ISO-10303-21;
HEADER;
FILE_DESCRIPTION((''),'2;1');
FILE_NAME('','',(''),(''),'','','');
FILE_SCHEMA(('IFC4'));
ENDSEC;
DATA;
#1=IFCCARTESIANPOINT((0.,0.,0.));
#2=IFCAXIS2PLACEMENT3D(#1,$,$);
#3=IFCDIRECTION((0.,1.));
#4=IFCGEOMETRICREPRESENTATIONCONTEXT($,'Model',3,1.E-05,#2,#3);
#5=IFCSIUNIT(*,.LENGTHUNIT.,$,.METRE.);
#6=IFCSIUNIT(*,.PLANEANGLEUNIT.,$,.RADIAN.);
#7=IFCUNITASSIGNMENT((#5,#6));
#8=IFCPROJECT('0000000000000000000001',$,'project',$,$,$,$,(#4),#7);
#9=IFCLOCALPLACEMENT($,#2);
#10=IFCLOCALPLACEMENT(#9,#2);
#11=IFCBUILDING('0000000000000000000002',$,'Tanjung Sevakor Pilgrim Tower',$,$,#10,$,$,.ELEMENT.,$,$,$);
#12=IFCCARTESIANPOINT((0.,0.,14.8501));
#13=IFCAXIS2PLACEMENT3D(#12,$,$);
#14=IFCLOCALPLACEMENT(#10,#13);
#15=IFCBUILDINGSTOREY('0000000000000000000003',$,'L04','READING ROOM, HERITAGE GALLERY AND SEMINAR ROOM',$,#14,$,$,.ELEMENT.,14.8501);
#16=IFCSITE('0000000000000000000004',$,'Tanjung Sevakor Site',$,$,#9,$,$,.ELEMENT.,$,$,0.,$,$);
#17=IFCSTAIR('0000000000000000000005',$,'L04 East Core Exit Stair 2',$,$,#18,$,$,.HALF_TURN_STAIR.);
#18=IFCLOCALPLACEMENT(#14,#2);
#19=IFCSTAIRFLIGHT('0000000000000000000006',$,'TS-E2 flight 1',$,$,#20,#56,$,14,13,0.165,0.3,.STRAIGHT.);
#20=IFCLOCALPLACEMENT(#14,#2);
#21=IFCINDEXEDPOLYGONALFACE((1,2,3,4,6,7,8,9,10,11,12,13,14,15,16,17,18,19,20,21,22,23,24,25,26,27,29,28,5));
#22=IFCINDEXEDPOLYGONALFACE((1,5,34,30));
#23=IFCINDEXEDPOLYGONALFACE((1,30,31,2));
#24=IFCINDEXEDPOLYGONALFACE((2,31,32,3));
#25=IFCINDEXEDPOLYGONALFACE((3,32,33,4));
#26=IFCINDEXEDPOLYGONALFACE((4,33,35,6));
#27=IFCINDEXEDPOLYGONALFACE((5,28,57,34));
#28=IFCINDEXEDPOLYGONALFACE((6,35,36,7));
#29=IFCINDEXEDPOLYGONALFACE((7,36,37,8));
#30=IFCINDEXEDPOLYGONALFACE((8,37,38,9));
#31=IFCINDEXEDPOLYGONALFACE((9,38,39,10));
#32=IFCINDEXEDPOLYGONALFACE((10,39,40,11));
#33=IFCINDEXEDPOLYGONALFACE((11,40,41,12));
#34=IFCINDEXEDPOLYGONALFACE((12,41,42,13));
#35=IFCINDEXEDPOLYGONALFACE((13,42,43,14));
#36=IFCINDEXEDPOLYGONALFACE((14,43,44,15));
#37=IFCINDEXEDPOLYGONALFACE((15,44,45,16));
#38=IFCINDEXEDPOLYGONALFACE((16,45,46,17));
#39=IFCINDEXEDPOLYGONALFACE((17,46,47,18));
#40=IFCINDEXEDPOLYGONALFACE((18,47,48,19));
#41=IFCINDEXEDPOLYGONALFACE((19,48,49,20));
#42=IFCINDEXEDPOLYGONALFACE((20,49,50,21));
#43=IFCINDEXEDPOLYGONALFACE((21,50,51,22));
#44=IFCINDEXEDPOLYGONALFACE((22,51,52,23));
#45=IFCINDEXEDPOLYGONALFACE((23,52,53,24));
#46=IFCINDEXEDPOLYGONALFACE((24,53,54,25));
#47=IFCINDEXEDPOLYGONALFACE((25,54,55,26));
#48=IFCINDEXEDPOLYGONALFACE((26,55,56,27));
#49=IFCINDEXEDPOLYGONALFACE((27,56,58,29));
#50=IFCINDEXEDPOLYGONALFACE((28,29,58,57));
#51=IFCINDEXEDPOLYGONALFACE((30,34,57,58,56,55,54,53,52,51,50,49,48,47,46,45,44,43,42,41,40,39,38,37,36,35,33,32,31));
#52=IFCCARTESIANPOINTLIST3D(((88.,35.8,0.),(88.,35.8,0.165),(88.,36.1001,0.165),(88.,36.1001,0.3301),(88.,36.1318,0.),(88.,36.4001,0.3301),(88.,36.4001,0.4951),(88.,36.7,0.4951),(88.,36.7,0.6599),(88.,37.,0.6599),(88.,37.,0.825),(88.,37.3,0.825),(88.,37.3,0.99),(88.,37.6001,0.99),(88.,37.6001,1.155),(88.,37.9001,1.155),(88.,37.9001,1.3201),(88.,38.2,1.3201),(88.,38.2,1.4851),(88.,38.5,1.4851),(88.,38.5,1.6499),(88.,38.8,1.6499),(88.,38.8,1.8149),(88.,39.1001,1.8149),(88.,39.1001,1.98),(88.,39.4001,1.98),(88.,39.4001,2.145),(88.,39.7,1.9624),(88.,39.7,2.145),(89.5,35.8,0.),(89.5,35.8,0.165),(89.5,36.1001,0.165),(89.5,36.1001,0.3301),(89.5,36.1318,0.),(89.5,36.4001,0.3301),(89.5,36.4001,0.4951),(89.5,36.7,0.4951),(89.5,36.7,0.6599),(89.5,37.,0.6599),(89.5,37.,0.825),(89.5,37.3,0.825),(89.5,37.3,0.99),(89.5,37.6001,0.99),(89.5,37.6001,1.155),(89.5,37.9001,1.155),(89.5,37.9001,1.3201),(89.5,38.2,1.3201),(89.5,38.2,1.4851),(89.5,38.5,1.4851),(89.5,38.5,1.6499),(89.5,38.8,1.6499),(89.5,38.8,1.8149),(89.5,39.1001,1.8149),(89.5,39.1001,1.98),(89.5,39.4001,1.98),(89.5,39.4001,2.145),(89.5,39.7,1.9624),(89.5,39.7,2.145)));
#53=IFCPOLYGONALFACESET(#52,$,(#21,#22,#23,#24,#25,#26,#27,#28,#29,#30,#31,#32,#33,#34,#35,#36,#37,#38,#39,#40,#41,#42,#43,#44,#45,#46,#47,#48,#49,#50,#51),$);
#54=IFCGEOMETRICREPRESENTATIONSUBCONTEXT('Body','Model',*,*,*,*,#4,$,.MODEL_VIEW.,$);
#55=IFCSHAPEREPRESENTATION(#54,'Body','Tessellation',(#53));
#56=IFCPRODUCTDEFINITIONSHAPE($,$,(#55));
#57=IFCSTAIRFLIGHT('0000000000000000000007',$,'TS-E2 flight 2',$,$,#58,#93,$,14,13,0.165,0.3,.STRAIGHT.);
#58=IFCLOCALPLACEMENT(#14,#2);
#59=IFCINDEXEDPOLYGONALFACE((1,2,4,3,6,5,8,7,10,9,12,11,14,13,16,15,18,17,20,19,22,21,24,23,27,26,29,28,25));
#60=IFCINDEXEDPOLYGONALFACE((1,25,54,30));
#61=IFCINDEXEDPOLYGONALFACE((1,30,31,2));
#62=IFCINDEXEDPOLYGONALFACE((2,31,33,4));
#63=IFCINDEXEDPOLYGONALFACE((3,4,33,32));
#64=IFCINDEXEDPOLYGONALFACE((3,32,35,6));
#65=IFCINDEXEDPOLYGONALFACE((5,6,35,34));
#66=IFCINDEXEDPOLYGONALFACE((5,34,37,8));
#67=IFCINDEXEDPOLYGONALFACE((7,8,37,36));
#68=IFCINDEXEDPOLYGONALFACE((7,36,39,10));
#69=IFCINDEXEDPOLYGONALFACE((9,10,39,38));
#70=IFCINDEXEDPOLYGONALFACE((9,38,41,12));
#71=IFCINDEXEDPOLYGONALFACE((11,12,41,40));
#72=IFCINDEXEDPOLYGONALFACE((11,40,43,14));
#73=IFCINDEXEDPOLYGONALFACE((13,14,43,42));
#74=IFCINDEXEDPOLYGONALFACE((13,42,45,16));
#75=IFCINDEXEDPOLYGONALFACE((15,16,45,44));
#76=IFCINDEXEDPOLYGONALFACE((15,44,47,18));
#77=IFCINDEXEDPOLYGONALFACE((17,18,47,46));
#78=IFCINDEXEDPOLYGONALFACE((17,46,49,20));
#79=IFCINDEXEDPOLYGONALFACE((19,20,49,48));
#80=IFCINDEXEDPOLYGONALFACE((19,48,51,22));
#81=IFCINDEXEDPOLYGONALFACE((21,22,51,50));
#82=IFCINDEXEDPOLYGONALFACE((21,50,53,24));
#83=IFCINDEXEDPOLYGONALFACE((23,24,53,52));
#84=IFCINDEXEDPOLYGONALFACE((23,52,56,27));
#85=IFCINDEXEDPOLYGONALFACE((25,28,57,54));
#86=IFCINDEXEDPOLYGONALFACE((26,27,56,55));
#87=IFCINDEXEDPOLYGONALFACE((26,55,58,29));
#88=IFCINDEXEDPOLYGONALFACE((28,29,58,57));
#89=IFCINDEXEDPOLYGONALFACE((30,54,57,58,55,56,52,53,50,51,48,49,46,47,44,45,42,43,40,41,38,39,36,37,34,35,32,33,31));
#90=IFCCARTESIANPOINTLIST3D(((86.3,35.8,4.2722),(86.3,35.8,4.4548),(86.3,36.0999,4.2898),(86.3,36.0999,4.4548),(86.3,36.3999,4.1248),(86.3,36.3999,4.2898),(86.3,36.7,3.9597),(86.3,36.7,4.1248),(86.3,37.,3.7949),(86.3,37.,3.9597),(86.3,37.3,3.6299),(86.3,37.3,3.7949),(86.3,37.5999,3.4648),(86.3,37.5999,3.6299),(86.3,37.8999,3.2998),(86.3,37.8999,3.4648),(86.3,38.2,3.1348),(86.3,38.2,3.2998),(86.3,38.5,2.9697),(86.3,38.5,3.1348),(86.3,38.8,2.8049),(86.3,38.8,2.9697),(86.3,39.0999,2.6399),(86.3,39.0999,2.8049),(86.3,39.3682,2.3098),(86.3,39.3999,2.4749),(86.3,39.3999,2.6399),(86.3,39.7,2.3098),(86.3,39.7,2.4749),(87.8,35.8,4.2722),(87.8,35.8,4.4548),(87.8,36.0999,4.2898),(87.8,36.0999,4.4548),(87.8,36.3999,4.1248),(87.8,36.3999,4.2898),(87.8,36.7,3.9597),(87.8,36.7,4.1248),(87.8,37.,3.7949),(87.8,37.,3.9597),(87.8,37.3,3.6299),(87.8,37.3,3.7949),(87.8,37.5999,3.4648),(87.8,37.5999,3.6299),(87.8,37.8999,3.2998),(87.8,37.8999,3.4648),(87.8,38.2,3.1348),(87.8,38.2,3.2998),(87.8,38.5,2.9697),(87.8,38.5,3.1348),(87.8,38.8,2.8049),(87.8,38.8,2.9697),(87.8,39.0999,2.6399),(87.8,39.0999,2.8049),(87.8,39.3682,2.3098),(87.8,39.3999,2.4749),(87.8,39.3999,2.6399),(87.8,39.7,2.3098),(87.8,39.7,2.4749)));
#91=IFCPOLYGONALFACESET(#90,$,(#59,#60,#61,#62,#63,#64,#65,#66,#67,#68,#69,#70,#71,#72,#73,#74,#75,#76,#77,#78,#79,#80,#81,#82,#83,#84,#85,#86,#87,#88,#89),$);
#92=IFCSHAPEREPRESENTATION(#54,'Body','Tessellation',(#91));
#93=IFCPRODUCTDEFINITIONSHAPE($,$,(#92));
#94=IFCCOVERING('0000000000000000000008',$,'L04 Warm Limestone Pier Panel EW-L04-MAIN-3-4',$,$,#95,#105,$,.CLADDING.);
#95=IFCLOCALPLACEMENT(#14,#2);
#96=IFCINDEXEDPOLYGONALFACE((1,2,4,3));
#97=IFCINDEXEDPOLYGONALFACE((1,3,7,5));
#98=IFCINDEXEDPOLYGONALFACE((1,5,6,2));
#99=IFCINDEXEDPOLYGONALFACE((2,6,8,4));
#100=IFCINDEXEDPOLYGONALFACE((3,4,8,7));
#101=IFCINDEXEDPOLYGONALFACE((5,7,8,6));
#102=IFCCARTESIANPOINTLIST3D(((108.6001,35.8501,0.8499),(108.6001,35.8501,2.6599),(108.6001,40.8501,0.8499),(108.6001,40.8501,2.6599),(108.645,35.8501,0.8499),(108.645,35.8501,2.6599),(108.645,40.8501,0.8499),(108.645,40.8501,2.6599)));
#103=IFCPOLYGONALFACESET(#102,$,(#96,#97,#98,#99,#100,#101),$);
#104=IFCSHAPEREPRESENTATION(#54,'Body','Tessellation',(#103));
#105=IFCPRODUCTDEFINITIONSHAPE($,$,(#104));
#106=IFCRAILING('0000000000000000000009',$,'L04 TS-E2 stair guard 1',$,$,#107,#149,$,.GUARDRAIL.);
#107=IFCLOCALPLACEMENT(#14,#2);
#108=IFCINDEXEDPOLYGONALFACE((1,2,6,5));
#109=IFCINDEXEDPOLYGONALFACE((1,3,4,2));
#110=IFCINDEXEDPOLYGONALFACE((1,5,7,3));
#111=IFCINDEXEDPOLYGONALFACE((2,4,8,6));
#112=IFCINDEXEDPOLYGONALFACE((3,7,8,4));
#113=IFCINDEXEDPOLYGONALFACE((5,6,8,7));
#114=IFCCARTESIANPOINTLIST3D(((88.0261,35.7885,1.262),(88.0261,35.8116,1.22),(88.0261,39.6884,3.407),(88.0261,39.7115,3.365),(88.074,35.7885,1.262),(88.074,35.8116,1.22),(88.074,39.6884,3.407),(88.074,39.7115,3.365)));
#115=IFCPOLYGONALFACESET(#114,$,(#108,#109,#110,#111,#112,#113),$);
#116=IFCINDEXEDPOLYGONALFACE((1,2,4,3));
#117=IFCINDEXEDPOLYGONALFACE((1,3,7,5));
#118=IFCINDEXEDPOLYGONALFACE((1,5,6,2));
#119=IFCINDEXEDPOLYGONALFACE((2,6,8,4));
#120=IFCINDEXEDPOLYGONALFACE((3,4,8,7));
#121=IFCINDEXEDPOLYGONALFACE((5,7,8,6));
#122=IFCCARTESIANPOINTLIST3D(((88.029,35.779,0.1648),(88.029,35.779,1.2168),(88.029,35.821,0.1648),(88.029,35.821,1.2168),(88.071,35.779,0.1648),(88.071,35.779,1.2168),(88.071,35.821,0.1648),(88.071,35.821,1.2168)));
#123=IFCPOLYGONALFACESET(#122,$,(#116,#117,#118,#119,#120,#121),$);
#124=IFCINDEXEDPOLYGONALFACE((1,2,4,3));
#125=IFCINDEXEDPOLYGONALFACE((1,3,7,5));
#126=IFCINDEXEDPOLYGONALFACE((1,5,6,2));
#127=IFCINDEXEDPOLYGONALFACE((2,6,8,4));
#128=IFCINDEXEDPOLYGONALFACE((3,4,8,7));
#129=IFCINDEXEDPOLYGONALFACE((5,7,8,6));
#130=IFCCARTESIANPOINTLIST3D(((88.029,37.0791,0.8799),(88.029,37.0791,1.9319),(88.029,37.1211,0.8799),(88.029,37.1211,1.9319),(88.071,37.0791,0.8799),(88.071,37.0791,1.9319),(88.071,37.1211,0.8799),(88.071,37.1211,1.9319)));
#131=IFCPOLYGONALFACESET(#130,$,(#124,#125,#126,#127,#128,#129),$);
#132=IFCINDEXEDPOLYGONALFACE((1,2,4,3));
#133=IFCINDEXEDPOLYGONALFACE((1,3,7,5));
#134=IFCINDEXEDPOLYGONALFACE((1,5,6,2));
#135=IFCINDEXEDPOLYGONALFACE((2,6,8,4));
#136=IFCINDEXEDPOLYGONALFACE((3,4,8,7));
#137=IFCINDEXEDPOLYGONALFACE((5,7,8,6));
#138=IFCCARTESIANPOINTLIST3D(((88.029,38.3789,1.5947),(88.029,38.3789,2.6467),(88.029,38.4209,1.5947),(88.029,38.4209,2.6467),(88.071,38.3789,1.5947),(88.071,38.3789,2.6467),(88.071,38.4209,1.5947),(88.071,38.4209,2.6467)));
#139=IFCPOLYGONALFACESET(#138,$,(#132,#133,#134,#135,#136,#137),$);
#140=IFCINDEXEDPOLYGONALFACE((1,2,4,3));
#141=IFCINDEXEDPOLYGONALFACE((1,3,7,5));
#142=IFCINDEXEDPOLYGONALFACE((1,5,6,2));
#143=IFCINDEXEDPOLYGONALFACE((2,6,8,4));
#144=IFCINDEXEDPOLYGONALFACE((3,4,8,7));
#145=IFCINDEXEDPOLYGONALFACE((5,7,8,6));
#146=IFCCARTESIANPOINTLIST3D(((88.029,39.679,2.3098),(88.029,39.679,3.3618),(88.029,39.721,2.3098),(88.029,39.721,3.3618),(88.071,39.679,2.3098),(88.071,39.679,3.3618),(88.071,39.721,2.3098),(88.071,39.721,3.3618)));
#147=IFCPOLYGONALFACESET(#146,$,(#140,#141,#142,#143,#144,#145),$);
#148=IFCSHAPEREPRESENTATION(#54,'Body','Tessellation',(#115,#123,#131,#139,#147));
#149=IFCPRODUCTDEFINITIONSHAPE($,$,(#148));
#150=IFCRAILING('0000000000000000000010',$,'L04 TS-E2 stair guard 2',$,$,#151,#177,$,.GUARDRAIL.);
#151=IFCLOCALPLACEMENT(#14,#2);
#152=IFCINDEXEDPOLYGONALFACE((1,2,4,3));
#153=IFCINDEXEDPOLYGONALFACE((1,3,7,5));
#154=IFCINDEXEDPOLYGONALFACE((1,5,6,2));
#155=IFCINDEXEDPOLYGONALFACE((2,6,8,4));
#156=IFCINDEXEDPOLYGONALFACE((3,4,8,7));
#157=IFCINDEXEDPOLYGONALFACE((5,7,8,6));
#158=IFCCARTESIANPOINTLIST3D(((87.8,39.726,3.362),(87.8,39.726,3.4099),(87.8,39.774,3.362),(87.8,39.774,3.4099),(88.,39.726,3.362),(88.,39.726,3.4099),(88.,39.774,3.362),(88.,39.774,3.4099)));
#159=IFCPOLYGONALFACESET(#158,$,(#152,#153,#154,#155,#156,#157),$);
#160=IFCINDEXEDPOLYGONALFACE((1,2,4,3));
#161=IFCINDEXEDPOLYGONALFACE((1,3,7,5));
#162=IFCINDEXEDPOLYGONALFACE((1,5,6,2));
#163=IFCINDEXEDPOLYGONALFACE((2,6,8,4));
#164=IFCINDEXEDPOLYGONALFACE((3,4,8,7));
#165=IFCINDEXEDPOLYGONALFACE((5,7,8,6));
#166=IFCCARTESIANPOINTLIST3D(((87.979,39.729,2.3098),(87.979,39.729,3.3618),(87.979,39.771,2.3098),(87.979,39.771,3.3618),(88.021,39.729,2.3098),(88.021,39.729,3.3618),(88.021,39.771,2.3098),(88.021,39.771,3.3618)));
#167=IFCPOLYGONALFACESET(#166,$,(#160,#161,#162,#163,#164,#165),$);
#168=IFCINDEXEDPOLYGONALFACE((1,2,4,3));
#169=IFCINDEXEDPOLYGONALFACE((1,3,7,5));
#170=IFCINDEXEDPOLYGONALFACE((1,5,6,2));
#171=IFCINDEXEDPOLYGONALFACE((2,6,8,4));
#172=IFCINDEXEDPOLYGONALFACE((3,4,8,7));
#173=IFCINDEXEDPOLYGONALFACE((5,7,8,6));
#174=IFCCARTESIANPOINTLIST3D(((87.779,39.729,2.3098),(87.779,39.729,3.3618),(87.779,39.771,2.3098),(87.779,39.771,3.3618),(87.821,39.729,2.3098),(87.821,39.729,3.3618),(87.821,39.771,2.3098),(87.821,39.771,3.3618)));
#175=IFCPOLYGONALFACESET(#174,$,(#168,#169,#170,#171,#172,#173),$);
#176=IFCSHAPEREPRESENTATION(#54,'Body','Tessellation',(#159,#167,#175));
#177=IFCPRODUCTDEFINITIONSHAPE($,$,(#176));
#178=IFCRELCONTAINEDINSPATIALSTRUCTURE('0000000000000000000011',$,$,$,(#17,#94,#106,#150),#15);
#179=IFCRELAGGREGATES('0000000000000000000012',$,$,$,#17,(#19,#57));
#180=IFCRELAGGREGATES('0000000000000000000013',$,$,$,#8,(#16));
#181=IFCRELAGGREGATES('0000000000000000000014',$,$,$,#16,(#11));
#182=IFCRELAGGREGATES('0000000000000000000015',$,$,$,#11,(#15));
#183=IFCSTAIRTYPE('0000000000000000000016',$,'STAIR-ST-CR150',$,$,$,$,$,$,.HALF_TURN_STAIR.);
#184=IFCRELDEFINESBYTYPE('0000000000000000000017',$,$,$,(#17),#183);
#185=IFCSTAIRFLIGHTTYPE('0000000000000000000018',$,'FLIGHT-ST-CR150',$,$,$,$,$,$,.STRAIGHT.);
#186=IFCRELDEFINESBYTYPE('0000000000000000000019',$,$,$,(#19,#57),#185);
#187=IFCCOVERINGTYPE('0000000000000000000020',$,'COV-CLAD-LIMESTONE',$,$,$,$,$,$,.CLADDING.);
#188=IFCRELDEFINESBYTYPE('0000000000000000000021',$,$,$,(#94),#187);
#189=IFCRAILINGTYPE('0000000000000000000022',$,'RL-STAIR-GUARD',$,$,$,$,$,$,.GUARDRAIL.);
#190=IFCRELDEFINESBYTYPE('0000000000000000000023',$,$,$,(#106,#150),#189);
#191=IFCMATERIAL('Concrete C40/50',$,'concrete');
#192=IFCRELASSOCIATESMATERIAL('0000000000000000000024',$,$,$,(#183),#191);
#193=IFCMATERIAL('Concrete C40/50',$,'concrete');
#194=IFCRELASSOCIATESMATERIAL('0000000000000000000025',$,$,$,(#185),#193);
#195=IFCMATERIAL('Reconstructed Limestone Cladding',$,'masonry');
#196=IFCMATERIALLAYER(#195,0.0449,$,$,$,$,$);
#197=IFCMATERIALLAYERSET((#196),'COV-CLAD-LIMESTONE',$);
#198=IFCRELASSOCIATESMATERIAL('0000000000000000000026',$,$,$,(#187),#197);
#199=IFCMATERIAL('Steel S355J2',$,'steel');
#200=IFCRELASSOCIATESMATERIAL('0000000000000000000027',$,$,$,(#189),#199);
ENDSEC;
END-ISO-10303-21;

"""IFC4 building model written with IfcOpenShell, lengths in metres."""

from ifc_helpers import new_model, si_unit, direction, frame, origin, origin_2d, place, context, subcontext, project, spatial, polyline, rectangle, outline, extrude, material, layer, layer_set, type_object, element, aggregate, save


model = new_model("IFC4")

# Units and contexts
model_context = context("Model", 3, precision=1e-05, world=origin(), true_north=direction((0.0, 1.0)))
body_context = subcontext(model_context, "Body", "Model", "MODEL_VIEW")
ifc_project = project(units=[si_unit("LENGTHUNIT", "METRE"), si_unit("PLANEANGLEUNIT", "RADIAN")], contexts=[model_context])

# Site, building, storey
site_placement = place(None, origin())
site = spatial("IfcSite", under=ifc_project, at=site_placement, Name="Tanjung Sevakor Site", CompositionType="ELEMENT", RefElevation=0.0)
building_placement = place(site_placement, origin())
building = spatial("IfcBuilding", under=site, at=building_placement, Name="Tanjung Sevakor Pilgrim Tower", CompositionType="ELEMENT")
storey_placement = place(building_placement, frame((0.0, 0.0, 14.8501)))
storey = spatial("IfcBuildingStorey", under=building, at=storey_placement, Name="L04", Description="READING ROOM, HERITAGE GALLERY AND SEMINAR ROOM", CompositionType="ELEMENT", Elevation=14.8501)

# Stair, stair flights
ifc_material_1 = material(Name="Concrete C40/50", Category="concrete")
stair_type = type_object("IfcStairType", Name="STAIR-ST-CR150", PredefinedType="HALF_TURN_STAIR", material=ifc_material_1)
stair_placement = place(storey_placement, origin())
stair = element("IfcStair", 1, at=stair_placement, inside=storey, type_object=stair_type, Name="L04 East Core Exit Stair 2", PredefinedType="HALF_TURN_STAIR")
ifc_material_2 = material(Name="Concrete C40/50", Category="concrete")
stair_flight_type = type_object("IfcStairFlightType", Name="FLIGHT-ST-CR150", PredefinedType="STRAIGHT", material=ifc_material_2)
stair_flight_1_placement = place(storey_placement, frame((88.75, 35.8, 0.0), z_axis=(0.0, 0.0, 1.0), x_axis=(0.0, 1.0, 0.0)))
stair_flight_1 = element("IfcStairFlight", 2, at=stair_flight_1_placement, type_object=stair_flight_type, Name="TS-E2 flight 1", NumberOfRisers=14, NumberOfTreads=13, PredefinedType="STRAIGHT", RiserHeight=0.165, TreadLength=0.3, context=body_context, shape_type="SweptSolid", body=[
    extrude(outline(polyline([(0.0, 0.0), (0.0, 0.165), (0.3, 0.165), (0.3, 0.3301), (0.6001, 0.3301), (0.6001, 0.4951), (0.8999, 0.4951), (0.8999, 0.6599), (1.2, 0.6599), (1.2, 0.825), (1.5, 0.825), (1.5, 0.99), (1.8, 0.99), (1.8, 1.155), (2.1001, 1.155), (2.1001, 1.3201), (2.3999, 1.3201), (2.3999, 1.4851), (2.7, 1.4851), (2.7, 1.6499), (3.0, 1.6499), (3.0, 1.8149), (3.3, 1.8149), (3.3, 1.98), (3.6001, 1.98), (3.6001, 2.145), (3.8999, 2.145), (3.8999, 2.3101), (3.8999, 1.9624), (0.3318, 0.0), (0.0, 0.0)])), frame((0.0, 0.75, 0.0), z_axis=(0.0, -1.0, 0.0), x_axis=(1.0, 0.0, 0.0)), (0.0, 0.0, 1.0), 1.5),
])
stair_flight_2_placement = place(storey_placement, frame((87.05, 39.7, 2.3098), z_axis=(0.0, 0.0, 1.0), x_axis=(0.0, -1.0, 0.0)))
stair_flight_2 = element("IfcStairFlight", 3, at=stair_flight_2_placement, type_object=stair_flight_type, Name="TS-E2 flight 2", NumberOfRisers=14, NumberOfTreads=13, PredefinedType="STRAIGHT", RiserHeight=0.165, TreadLength=0.3, context=body_context, shape_type="SweptSolid", body=[
    extrude(outline(polyline([(0.0, 0.0), (0.0, 0.165), (0.3, 0.165), (0.3, 0.3301), (0.6001, 0.3301), (0.6001, 0.4951), (0.8999, 0.4951), (0.8999, 0.6599), (1.2, 0.6599), (1.2, 0.825), (1.5, 0.825), (1.5, 0.99), (1.8, 0.99), (1.8, 1.155), (2.1001, 1.155), (2.1001, 1.3201), (2.3999, 1.3201), (2.3999, 1.4851), (2.7, 1.4851), (2.7, 1.6499), (3.0, 1.6499), (3.0, 1.8149), (3.3, 1.8149), (3.3, 1.98), (3.6001, 1.98), (3.6001, 2.145), (3.8999, 2.145), (3.8999, 2.3101), (3.8999, 1.9624), (0.3318, 0.0), (0.0, 0.0)])), frame((0.0, 0.75, 0.0), z_axis=(0.0, -1.0, 0.0), x_axis=(1.0, 0.0, 0.0)), (0.0, 0.0, 1.0), 1.5),
])
aggregate(stair, [stair_flight_1, stair_flight_2])

# Covering
ifc_material_3 = material(Name="Reconstructed Limestone Cladding", Category="masonry")
ifc_layer_1 = layer(ifc_material_3, 0.0449)
ifc_layer_set_1 = layer_set([ifc_layer_1], Name="COV-CLAD-LIMESTONE")
covering_type = type_object("IfcCoveringType", Name="COV-CLAD-LIMESTONE", PredefinedType="CLADDING", material=ifc_layer_set_1)
covering_placement = place(storey_placement, frame((108.6226, 38.3501, 0.8499), z_axis=(0.0, 0.0, 1.0), x_axis=(0.0, 1.0, 0.0)))
element("IfcCovering", 4, at=covering_placement, inside=storey, type_object=covering_type, Name="L04 Warm Limestone Pier Panel EW-L04-MAIN-3-4", PredefinedType="CLADDING", context=body_context, shape_type="SweptSolid", body=[
    extrude(rectangle(XDim=5.0, YDim=0.0449, at=origin_2d()), origin(), (0.0, 0.0, 1.0), 1.8101),
])

# Railings
ifc_material_4 = material(Name="Steel S355J2", Category="steel")
railing_type_1 = type_object("IfcRailingType", Name="RL-STAIR-GUARD", PredefinedType="GUARDRAIL", material=ifc_material_4)
railing_1_placement = place(storey_placement, frame((88.05, 35.8, 0.1648)))
element("IfcRailing", 5, at=railing_1_placement, inside=storey, type_object=railing_type_1, Name="L04 TS-E2 stair guard 1", PredefinedType="GUARDRAIL", context=body_context, shape_type="SweptSolid", body=[
    extrude(rectangle(XDim=0.0479, YDim=0.0479), frame((0.0, 0.0, 1.0762), z_axis=(0.0, 0.876209, 0.481931), x_axis=(-1.0, 0.0, 0.0)), (0.0, 0.0, 1.0), 4.4509),
    extrude(rectangle(XDim=0.042, YDim=0.042), origin(), (0.0, 0.0, 1.0), 1.052),
    extrude(rectangle(XDim=0.042, YDim=0.042), frame((0.0, 1.3, 0.7151)), (0.0, 0.0, 1.0), 1.052),
    extrude(rectangle(XDim=0.042, YDim=0.042), frame((0.0, 2.5999, 1.4299)), (0.0, 0.0, 1.0), 1.052),
    extrude(rectangle(XDim=0.042, YDim=0.042), frame((0.0, 3.8999, 2.145)), (0.0, 0.0, 1.0), 1.052),
])
railing_2_placement = place(storey_placement, frame((88.0, 39.75, 2.3098)))
element("IfcRailing", 6, at=railing_2_placement, inside=storey, type_object=railing_type_1, Name="L04 TS-E2 stair guard 2", PredefinedType="GUARDRAIL", context=body_context, shape_type="SweptSolid", body=[
    extrude(rectangle(XDim=0.0479, YDim=0.0479), frame((0.0, 0.0, 1.0762), z_axis=(-1.0, 0.0, 0.0), x_axis=(0.0, -1.0, 0.0)), (0.0, 0.0, 1.0), 0.2),
    extrude(rectangle(XDim=0.042, YDim=0.042), origin(), (0.0, 0.0, 1.0), 1.052),
    extrude(rectangle(XDim=0.042, YDim=0.042), frame((-0.2, 0.0, 0.0)), (0.0, 0.0, 1.0), 1.052),
])

save(model, "model.ifc")
